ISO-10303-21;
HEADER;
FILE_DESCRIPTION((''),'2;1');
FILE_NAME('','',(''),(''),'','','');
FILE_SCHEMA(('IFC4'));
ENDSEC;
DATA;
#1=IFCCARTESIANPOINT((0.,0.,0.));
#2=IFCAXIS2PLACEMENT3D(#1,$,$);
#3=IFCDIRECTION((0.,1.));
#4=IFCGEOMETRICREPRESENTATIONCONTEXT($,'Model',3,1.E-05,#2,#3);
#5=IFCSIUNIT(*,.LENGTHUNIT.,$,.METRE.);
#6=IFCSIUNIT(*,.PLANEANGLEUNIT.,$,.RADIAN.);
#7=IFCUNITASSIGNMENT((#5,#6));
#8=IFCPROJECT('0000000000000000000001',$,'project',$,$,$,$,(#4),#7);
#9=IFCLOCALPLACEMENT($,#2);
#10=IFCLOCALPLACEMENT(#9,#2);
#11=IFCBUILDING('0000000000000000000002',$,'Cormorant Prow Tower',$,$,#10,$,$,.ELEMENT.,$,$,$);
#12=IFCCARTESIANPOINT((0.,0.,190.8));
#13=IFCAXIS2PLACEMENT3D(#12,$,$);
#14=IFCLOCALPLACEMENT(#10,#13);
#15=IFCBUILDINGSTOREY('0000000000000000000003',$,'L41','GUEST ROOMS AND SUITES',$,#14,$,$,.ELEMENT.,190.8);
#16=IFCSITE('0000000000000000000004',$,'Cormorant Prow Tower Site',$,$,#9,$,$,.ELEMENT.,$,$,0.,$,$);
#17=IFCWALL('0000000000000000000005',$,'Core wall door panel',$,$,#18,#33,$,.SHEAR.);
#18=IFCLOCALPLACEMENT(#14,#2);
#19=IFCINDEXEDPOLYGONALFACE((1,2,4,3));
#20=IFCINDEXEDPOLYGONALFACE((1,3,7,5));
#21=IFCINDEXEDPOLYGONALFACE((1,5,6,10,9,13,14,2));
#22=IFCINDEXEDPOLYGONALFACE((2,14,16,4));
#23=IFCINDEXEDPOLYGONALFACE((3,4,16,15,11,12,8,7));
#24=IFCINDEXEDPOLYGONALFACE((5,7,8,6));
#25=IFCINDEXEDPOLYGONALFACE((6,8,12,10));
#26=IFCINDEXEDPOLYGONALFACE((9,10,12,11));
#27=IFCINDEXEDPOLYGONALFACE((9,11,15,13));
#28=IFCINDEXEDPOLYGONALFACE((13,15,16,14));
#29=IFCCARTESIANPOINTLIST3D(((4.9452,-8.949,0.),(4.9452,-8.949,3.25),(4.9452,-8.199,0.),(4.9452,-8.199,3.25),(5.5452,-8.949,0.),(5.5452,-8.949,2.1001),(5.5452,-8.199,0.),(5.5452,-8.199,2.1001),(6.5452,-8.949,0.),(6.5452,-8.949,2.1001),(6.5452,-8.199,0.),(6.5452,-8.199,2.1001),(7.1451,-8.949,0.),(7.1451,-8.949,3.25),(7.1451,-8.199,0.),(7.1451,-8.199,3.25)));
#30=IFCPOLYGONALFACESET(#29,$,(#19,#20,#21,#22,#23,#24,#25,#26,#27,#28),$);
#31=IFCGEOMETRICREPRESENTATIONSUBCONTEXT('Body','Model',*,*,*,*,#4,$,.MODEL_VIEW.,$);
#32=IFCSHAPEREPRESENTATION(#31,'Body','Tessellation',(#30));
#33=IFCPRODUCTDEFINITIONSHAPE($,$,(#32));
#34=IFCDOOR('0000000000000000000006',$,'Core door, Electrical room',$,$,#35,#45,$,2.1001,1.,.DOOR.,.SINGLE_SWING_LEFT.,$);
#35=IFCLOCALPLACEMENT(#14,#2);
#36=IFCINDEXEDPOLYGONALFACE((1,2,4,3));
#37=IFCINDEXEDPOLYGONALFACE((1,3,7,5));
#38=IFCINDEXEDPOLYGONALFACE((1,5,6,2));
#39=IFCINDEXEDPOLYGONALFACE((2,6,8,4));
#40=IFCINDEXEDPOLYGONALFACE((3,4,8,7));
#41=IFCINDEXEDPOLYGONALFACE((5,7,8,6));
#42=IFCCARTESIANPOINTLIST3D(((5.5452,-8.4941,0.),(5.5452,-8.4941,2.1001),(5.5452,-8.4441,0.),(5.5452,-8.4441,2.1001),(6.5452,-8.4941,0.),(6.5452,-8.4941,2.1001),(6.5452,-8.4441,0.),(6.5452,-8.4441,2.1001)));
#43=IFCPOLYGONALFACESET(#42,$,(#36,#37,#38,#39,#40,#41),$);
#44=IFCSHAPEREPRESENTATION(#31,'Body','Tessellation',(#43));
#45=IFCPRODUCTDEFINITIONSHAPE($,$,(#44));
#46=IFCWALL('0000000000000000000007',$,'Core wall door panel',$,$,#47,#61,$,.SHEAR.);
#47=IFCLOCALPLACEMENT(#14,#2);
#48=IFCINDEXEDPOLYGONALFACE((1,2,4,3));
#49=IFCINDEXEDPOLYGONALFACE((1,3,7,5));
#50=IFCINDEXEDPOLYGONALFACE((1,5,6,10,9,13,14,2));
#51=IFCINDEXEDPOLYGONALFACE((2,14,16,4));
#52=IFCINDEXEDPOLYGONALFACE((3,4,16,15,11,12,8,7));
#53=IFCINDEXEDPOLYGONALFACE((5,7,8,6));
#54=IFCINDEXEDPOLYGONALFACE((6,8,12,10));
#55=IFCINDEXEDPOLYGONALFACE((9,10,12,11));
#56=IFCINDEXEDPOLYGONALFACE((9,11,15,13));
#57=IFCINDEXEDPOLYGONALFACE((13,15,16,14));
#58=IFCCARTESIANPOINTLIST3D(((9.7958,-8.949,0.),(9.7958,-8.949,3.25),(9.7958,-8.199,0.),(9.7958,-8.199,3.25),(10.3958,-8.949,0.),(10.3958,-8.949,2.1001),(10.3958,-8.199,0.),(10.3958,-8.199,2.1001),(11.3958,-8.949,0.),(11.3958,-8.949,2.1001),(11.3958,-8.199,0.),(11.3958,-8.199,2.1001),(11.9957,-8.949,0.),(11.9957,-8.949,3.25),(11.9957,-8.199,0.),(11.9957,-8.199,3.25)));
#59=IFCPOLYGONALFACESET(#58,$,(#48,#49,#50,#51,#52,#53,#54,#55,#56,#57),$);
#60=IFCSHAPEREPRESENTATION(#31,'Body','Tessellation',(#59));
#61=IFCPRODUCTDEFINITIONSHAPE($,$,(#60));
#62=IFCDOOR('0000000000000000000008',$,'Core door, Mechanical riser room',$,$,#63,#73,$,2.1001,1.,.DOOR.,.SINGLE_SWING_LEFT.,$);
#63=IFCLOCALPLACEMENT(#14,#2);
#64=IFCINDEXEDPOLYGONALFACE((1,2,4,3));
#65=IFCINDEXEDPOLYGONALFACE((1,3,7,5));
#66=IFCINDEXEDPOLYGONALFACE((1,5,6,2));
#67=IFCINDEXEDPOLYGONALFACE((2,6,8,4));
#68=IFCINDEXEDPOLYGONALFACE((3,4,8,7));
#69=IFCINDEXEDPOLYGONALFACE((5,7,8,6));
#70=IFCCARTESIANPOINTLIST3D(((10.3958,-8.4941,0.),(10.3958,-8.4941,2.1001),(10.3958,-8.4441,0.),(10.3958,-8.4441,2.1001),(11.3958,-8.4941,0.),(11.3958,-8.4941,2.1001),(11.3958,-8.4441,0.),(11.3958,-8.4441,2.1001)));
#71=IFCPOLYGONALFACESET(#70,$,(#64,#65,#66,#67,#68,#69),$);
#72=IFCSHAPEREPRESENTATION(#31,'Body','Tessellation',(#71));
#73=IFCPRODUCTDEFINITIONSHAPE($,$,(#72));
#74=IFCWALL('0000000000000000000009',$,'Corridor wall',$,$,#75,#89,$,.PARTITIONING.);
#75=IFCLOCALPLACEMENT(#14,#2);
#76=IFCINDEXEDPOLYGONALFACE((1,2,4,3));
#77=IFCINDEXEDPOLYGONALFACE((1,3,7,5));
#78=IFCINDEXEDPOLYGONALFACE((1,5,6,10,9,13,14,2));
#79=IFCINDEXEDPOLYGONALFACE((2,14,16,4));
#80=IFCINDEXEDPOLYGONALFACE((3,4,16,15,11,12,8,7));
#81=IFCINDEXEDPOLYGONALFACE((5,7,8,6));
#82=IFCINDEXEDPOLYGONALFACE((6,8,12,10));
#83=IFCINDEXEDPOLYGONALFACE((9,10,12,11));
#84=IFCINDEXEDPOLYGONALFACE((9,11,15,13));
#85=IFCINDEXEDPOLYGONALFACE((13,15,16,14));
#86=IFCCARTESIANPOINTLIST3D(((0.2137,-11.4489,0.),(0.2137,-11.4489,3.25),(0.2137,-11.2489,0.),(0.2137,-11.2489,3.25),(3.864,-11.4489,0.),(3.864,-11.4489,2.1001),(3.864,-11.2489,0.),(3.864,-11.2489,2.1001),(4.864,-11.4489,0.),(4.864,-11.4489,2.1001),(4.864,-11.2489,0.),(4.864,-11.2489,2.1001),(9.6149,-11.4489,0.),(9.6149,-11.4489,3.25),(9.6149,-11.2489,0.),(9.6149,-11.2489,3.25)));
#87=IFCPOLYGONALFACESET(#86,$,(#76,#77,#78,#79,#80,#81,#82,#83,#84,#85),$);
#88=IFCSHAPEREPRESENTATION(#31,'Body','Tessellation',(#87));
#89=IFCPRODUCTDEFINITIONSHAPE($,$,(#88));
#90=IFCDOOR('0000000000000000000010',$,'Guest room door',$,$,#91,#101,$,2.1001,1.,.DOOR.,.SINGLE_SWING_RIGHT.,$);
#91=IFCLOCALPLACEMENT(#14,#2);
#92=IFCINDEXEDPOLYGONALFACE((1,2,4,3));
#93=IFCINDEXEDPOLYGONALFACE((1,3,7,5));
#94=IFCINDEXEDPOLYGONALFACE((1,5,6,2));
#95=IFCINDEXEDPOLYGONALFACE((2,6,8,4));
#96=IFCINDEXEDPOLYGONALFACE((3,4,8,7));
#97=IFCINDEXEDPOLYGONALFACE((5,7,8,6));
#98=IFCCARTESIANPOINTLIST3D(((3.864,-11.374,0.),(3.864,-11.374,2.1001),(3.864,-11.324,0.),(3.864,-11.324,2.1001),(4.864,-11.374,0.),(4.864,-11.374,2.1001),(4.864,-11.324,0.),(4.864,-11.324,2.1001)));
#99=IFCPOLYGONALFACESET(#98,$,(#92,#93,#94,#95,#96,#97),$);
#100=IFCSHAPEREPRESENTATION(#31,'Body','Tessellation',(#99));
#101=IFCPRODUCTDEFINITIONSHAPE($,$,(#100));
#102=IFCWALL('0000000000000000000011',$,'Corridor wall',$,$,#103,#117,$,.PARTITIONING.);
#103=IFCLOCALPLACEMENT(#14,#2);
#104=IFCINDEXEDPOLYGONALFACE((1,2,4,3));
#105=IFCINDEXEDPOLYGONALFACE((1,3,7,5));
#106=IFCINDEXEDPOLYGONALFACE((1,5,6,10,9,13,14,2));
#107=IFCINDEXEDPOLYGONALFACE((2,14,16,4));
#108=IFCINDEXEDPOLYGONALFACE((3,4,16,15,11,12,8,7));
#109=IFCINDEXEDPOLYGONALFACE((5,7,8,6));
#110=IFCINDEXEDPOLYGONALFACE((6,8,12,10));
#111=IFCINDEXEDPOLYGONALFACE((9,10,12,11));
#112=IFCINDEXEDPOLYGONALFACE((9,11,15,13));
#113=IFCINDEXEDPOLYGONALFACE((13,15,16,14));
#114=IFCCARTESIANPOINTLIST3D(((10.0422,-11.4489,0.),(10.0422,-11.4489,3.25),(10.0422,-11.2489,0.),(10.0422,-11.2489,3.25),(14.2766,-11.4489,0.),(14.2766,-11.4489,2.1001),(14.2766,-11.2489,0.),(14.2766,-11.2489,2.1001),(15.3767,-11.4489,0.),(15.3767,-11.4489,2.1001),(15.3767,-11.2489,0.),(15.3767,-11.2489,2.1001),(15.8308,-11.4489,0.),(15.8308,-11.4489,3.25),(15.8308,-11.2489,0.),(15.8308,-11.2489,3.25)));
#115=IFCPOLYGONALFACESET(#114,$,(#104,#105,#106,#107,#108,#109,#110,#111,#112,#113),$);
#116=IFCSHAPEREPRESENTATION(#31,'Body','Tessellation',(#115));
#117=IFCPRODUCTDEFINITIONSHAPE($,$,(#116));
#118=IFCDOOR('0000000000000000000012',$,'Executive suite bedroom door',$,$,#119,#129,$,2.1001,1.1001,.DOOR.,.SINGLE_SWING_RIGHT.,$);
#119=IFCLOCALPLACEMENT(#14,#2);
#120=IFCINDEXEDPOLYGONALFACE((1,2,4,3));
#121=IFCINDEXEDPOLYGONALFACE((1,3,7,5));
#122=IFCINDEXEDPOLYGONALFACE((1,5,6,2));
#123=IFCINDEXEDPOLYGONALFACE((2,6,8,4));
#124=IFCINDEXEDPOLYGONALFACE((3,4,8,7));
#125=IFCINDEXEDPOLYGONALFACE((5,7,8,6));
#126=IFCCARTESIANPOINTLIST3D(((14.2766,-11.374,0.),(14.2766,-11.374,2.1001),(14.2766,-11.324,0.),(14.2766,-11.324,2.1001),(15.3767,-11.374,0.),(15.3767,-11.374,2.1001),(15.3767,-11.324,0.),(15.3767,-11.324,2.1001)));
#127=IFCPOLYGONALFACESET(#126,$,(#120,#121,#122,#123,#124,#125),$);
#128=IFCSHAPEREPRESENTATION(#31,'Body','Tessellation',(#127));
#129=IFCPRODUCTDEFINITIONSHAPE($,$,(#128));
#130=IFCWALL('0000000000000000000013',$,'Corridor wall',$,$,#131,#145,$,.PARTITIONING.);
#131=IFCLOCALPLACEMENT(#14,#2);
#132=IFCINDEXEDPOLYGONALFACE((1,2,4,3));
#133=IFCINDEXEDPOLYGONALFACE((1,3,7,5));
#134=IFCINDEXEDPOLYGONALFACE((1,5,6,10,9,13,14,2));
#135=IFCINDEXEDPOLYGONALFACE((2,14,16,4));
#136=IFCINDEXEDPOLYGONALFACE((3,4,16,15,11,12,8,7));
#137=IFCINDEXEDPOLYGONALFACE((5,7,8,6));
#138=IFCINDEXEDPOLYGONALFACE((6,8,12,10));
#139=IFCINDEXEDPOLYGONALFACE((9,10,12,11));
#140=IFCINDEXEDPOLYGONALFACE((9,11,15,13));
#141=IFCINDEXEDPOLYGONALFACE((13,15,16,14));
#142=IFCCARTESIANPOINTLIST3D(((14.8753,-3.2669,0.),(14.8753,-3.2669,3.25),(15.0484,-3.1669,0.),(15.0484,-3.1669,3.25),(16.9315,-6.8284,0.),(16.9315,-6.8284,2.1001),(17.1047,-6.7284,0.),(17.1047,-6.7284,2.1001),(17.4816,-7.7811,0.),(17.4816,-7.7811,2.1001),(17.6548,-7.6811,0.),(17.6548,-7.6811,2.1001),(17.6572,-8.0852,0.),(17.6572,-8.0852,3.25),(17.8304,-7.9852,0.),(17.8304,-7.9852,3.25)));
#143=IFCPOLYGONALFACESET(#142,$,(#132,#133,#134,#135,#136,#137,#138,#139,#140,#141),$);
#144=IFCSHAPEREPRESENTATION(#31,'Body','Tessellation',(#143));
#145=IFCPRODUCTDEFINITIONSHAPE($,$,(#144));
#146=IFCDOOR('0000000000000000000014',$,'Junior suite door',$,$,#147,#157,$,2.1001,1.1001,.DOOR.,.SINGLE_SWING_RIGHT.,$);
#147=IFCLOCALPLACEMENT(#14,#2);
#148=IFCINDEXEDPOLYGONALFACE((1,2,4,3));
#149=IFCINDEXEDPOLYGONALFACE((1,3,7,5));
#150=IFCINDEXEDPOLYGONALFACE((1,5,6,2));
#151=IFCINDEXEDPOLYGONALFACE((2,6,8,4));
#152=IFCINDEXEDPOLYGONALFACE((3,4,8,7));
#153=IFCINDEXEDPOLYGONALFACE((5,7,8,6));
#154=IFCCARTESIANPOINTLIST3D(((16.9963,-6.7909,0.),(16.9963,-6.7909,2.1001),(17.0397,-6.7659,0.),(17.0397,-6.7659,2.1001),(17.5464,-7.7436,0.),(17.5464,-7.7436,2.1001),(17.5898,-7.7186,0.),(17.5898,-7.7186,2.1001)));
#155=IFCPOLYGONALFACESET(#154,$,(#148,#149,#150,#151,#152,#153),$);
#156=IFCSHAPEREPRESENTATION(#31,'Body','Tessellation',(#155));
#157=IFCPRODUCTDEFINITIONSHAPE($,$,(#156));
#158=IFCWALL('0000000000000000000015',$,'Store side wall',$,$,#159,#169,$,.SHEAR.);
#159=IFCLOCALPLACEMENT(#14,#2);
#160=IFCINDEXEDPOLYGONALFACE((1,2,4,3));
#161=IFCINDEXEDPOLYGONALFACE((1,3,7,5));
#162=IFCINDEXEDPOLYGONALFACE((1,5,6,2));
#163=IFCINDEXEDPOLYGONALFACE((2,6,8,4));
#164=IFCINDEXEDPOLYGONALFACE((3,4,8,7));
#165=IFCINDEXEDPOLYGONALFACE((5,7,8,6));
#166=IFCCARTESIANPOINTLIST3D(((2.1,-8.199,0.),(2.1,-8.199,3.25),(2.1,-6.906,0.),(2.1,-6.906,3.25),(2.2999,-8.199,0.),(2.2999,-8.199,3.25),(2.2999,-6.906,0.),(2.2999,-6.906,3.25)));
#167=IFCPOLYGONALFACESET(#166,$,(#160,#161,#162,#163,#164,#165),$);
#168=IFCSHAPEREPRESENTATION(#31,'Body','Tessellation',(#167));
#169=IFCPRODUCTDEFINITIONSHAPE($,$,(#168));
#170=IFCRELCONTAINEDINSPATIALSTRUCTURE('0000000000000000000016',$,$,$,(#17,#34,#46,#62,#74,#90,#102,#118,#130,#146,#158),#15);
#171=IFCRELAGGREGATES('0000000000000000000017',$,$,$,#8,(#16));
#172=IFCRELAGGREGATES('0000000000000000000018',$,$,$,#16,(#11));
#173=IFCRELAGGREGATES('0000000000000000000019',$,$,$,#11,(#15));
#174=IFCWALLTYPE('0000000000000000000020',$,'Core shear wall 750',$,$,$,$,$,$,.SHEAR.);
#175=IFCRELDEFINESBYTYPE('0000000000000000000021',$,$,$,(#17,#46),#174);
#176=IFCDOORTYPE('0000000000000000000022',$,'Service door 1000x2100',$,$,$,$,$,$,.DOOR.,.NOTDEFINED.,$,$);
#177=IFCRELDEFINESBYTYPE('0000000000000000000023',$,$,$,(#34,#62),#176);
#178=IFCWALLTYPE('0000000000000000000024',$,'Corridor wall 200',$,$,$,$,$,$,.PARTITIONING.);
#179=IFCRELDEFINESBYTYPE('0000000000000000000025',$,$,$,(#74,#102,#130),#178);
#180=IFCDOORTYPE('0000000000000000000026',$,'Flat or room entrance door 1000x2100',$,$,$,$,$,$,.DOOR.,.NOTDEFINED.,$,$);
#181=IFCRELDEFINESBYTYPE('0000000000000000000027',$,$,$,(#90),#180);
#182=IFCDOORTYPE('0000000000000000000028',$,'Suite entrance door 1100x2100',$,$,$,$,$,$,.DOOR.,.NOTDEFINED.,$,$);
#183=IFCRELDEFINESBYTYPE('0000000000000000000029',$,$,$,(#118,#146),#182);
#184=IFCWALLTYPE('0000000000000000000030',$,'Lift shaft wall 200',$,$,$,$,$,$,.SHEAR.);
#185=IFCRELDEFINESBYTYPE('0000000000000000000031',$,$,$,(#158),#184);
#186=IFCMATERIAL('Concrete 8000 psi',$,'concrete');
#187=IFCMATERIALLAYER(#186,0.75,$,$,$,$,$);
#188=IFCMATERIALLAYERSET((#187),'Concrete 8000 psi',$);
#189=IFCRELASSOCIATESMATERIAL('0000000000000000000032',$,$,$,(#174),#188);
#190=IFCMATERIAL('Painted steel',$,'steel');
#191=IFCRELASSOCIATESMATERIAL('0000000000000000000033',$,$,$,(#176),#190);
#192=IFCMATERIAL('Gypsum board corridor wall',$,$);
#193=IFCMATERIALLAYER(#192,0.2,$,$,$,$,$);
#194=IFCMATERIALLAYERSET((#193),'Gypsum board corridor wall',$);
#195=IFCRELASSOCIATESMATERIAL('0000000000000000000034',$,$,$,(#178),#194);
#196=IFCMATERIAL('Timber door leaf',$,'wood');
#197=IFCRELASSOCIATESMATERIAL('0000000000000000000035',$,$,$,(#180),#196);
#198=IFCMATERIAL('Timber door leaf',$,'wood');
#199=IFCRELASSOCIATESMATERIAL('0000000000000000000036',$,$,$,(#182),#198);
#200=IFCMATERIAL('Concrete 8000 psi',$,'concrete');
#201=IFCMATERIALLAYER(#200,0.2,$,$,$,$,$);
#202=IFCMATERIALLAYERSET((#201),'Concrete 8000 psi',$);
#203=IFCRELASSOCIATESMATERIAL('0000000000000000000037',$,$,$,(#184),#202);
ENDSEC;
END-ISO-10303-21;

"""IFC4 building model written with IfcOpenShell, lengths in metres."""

from ifc_helpers import new_model, si_unit, direction, frame, frame_2d, origin, place, context, subcontext, project, spatial, rectangle, extrude, material, layer, layer_set, type_object, element, fill, save


model = new_model("IFC4")

# Units and contexts
model_context = context("Model", 3, precision=1e-05, world=origin(), true_north=direction((0.0, 1.0)))
body_context = subcontext(model_context, "Body", "Model", "MODEL_VIEW")
ifc_project = project(units=[si_unit("LENGTHUNIT", "METRE"), si_unit("PLANEANGLEUNIT", "RADIAN")], contexts=[model_context])

# Site, building, storey
site_placement = place(None, origin())
site = spatial("IfcSite", under=ifc_project, at=site_placement, Name="Cormorant Prow Tower Site", CompositionType="ELEMENT", RefElevation=0.0)
building_placement = place(site_placement, origin())
building = spatial("IfcBuilding", under=site, at=building_placement, Name="Cormorant Prow Tower", CompositionType="ELEMENT")
storey_placement = place(building_placement, frame((0.0, 0.0, 190.8)))
storey = spatial("IfcBuildingStorey", under=building, at=storey_placement, Name="L41", Description="GUEST ROOMS AND SUITES", CompositionType="ELEMENT", Elevation=190.8)

# Shared definitions
ifc_material_1 = material(Name="Concrete 8000 psi", Category="concrete")
ifc_layer_1 = layer(ifc_material_1, 0.75)
ifc_layer_set_1 = layer_set([ifc_layer_1], Name="Concrete 8000 psi")
wall_type_1 = type_object("IfcWallType", Name="Core shear wall 750", PredefinedType="SHEAR", material=ifc_layer_set_1)

# Walls, openings, doors
ifc_material_2 = material(Name="Painted steel", Category="steel")
door_type_1 = type_object("IfcDoorType", Name="Service door 1000x2100", OperationType="NOTDEFINED", PredefinedType="DOOR", material=ifc_material_2)
wall_1_placement = place(storey_placement, frame((4.9451, -8.574, 0.0), z_axis=(0.0, 0.0, 1.0), x_axis=(1.0, 0.0, 0.0)))
wall_1 = element("IfcWall", 1, at=wall_1_placement, inside=storey, type_object=wall_type_1, Name="Core wall door panel", PredefinedType="SHEAR", context=body_context, shape_type="SweptSolid", body=[
    extrude(rectangle(XDim=2.2, YDim=0.75, at=frame_2d((1.1001, 0.0))), origin(), (0.0, 0.0, 1.0), 3.25),
])
opening_1_placement = place(wall_1_placement, frame((0.6001, 0.0, 0.0)))
opening_1 = element("IfcOpeningElement", 2, at=opening_1_placement, cuts=wall_1, PredefinedType="OPENING", context=body_context, shape_type="SweptSolid", body=[
    extrude(rectangle(XDim=1.0, YDim=2.1001, at=frame_2d((0.5, 1.05))), frame((0.0, 0.385, 0.0), z_axis=(0.0, -1.0, 0.0), x_axis=(1.0, 0.0, 0.0)), (0.0, 0.0, 1.0), 0.77),
])
door_1_placement = place(opening_1_placement, origin())
door_1 = element("IfcDoor", 3, at=door_1_placement, inside=storey, type_object=door_type_1, Name="Core door, Electrical room", OperationType="SINGLE_SWING_LEFT", OverallHeight=2.1001, OverallWidth=1.0, PredefinedType="DOOR", context=body_context, shape_type="SweptSolid", body=[
    extrude(rectangle(XDim=1.0, YDim=2.1001, at=frame_2d((0.5, 1.05))), frame((0.0, 0.1299, 0.0), z_axis=(0.0, -1.0, 0.0), x_axis=(1.0, 0.0, 0.0)), (0.0, 0.0, 1.0), 0.05),
])
fill(opening_1, door_1)
wall_2_placement = place(storey_placement, frame((9.7957, -8.574, 0.0), z_axis=(0.0, 0.0, 1.0), x_axis=(1.0, 0.0, 0.0)))
wall_2 = element("IfcWall", 4, at=wall_2_placement, inside=storey, type_object=wall_type_1, Name="Core wall door panel", PredefinedType="SHEAR", context=body_context, shape_type="SweptSolid", body=[
    extrude(rectangle(XDim=2.2, YDim=0.75, at=frame_2d((1.1001, 0.0))), origin(), (0.0, 0.0, 1.0), 3.25),
])
opening_2_placement = place(wall_2_placement, frame((0.6001, 0.0, 0.0)))
opening_2 = element("IfcOpeningElement", 5, at=opening_2_placement, cuts=wall_2, PredefinedType="OPENING", context=body_context, shape_type="SweptSolid", body=[
    extrude(rectangle(XDim=1.0, YDim=2.1001, at=frame_2d((0.5, 1.05))), frame((0.0, 0.385, 0.0), z_axis=(0.0, -1.0, 0.0), x_axis=(1.0, 0.0, 0.0)), (0.0, 0.0, 1.0), 0.77),
])
door_2_placement = place(opening_2_placement, origin())
door_2 = element("IfcDoor", 6, at=door_2_placement, inside=storey, type_object=door_type_1, Name="Core door, Mechanical riser room", OperationType="SINGLE_SWING_LEFT", OverallHeight=2.1001, OverallWidth=1.0, PredefinedType="DOOR", context=body_context, shape_type="SweptSolid", body=[
    extrude(rectangle(XDim=1.0, YDim=2.1001, at=frame_2d((0.5, 1.05))), frame((0.0, 0.1299, 0.0), z_axis=(0.0, -1.0, 0.0), x_axis=(1.0, 0.0, 0.0)), (0.0, 0.0, 1.0), 0.05),
])
fill(opening_2, door_2)
ifc_material_3 = material(Name="Gypsum board corridor wall")
ifc_layer_2 = layer(ifc_material_3, 0.2)
ifc_layer_set_2 = layer_set([ifc_layer_2], Name="Gypsum board corridor wall")
wall_type_2 = type_object("IfcWallType", Name="Corridor wall 200", PredefinedType="PARTITIONING", material=ifc_layer_set_2)
wall_3_placement = place(storey_placement, frame((0.2136, -11.3489, 0.0), z_axis=(0.0, 0.0, 1.0), x_axis=(1.0, 0.0, 0.0)))
wall_3 = element("IfcWall", 7, at=wall_3_placement, inside=storey, type_object=wall_type_2, Name="Corridor wall", PredefinedType="PARTITIONING", context=body_context, shape_type="SweptSolid", body=[
    extrude(rectangle(XDim=9.4011, YDim=0.2, at=frame_2d((4.7007, 0.0))), origin(), (0.0, 0.0, 1.0), 3.25),
])
opening_3_placement = place(wall_3_placement, frame((3.6504, 0.0, 0.0)))
opening_3 = element("IfcOpeningElement", 8, at=opening_3_placement, cuts=wall_3, PredefinedType="OPENING", context=body_context, shape_type="SweptSolid", body=[
    extrude(rectangle(XDim=1.0, YDim=2.1001, at=frame_2d((0.5, 1.05))), frame((0.0, 0.1099, 0.0), z_axis=(0.0, -1.0, 0.0), x_axis=(1.0, 0.0, 0.0)), (0.0, 0.0, 1.0), 0.22),
])
ifc_material_4 = material(Name="Timber door leaf", Category="wood")
door_type_2 = type_object("IfcDoorType", Name="Flat or room entrance door 1000x2100", OperationType="NOTDEFINED", PredefinedType="DOOR", material=ifc_material_4)
door_3_placement = place(opening_3_placement, origin())
door_3 = element("IfcDoor", 9, at=door_3_placement, inside=storey, type_object=door_type_2, Name="Guest room door", OperationType="SINGLE_SWING_RIGHT", OverallHeight=2.1001, OverallWidth=1.0, PredefinedType="DOOR", context=body_context, shape_type="SweptSolid", body=[
    extrude(rectangle(XDim=1.0, YDim=2.1001, at=frame_2d((0.5, 1.05))), frame((0.0, 0.0249, 0.0), z_axis=(0.0, -1.0, 0.0), x_axis=(1.0, 0.0, 0.0)), (0.0, 0.0, 1.0), 0.05),
])
fill(opening_3, door_3)
wall_4_placement = place(storey_placement, frame((10.0422, -11.3489, 0.0), z_axis=(0.0, 0.0, 1.0), x_axis=(1.0, 0.0, 0.0)))
wall_4 = element("IfcWall", 10, at=wall_4_placement, inside=storey, type_object=wall_type_2, Name="Corridor wall", PredefinedType="PARTITIONING", context=body_context, shape_type="SweptSolid", body=[
    extrude(rectangle(XDim=5.7886, YDim=0.2, at=frame_2d((2.8943, 0.0))), origin(), (0.0, 0.0, 1.0), 3.25),
])
opening_4_placement = place(wall_4_placement, frame((4.2344, 0.0, 0.0)))
opening_4 = element("IfcOpeningElement", 11, at=opening_4_placement, cuts=wall_4, PredefinedType="OPENING", context=body_context, shape_type="SweptSolid", body=[
    extrude(rectangle(XDim=1.1001, YDim=2.1001, at=frame_2d((0.55, 1.05))), frame((0.0, 0.1099, 0.0), z_axis=(0.0, -1.0, 0.0), x_axis=(1.0, 0.0, 0.0)), (0.0, 0.0, 1.0), 0.22),
])
ifc_material_5 = material(Name="Timber door leaf", Category="wood")
door_type_3 = type_object("IfcDoorType", Name="Suite entrance door 1100x2100", OperationType="NOTDEFINED", PredefinedType="DOOR", material=ifc_material_5)
door_4_placement = place(opening_4_placement, origin())
door_4 = element("IfcDoor", 12, at=door_4_placement, inside=storey, type_object=door_type_3, Name="Executive suite bedroom door", OperationType="SINGLE_SWING_RIGHT", OverallHeight=2.1001, OverallWidth=1.1001, PredefinedType="DOOR", context=body_context, shape_type="SweptSolid", body=[
    extrude(rectangle(XDim=1.1001, YDim=2.1001, at=frame_2d((0.55, 1.05))), frame((0.0, 0.0249, 0.0), z_axis=(0.0, -1.0, 0.0), x_axis=(1.0, 0.0, 0.0)), (0.0, 0.0, 1.0), 0.05),
])
fill(opening_4, door_4)
wall_5_placement = place(storey_placement, frame((14.9619, -3.217, 0.0), z_axis=(0.0, 0.0, 1.0), x_axis=(0.500014, -0.866018, 0.0)))
wall_5 = element("IfcWall", 13, at=wall_5_placement, inside=storey, type_object=wall_type_2, Name="Corridor wall", PredefinedType="PARTITIONING", context=body_context, shape_type="SweptSolid", body=[
    extrude(rectangle(XDim=5.5637, YDim=0.2, at=frame_2d((2.7817, 0.0))), origin(), (0.0, 0.0, 1.0), 3.25),
])
opening_5_placement = place(wall_5_placement, frame((4.1123, 0.0, 0.0)))
opening_5 = element("IfcOpeningElement", 14, at=opening_5_placement, cuts=wall_5, PredefinedType="OPENING", context=body_context, shape_type="SweptSolid", body=[
    extrude(rectangle(XDim=1.1001, YDim=2.1001, at=frame_2d((0.55, 1.05))), frame((0.0, 0.1099, 0.0), z_axis=(0.0, -1.0, 0.0), x_axis=(1.0, 0.0, 0.0)), (0.0, 0.0, 1.0), 0.22),
])
door_5_placement = place(opening_5_placement, origin())
door_5 = element("IfcDoor", 15, at=door_5_placement, inside=storey, type_object=door_type_3, Name="Junior suite door", OperationType="SINGLE_SWING_RIGHT", OverallHeight=2.1001, OverallWidth=1.1001, PredefinedType="DOOR", context=body_context, shape_type="SweptSolid", body=[
    extrude(rectangle(XDim=1.1001, YDim=2.1001, at=frame_2d((0.55, 1.05))), frame((0.0, 0.0249, 0.0), z_axis=(0.0, -1.0, 0.0), x_axis=(1.0, 0.0, 0.0)), (0.0, 0.0, 1.0), 0.05),
])
fill(opening_5, door_5)

# Wall
ifc_material_6 = material(Name="Concrete 8000 psi", Category="concrete")
ifc_layer_3 = layer(ifc_material_6, 0.2)
ifc_layer_set_3 = layer_set([ifc_layer_3], Name="Concrete 8000 psi")
wall_type_3 = type_object("IfcWallType", Name="Lift shaft wall 200", PredefinedType="SHEAR", material=ifc_layer_set_3)
wall_6_placement = place(storey_placement, frame((2.2, -6.906, 0.0), z_axis=(0.0, 0.0, 1.0), x_axis=(0.0, -1.0, 0.0)))
element("IfcWall", 16, at=wall_6_placement, inside=storey, type_object=wall_type_3, Name="Store side wall", PredefinedType="SHEAR", context=body_context, shape_type="SweptSolid", body=[
    extrude(rectangle(XDim=1.293, YDim=0.2, at=frame_2d((0.6465, 0.0))), origin(), (0.0, 0.0, 1.0), 3.25),
])

save(model, "model.ifc")
